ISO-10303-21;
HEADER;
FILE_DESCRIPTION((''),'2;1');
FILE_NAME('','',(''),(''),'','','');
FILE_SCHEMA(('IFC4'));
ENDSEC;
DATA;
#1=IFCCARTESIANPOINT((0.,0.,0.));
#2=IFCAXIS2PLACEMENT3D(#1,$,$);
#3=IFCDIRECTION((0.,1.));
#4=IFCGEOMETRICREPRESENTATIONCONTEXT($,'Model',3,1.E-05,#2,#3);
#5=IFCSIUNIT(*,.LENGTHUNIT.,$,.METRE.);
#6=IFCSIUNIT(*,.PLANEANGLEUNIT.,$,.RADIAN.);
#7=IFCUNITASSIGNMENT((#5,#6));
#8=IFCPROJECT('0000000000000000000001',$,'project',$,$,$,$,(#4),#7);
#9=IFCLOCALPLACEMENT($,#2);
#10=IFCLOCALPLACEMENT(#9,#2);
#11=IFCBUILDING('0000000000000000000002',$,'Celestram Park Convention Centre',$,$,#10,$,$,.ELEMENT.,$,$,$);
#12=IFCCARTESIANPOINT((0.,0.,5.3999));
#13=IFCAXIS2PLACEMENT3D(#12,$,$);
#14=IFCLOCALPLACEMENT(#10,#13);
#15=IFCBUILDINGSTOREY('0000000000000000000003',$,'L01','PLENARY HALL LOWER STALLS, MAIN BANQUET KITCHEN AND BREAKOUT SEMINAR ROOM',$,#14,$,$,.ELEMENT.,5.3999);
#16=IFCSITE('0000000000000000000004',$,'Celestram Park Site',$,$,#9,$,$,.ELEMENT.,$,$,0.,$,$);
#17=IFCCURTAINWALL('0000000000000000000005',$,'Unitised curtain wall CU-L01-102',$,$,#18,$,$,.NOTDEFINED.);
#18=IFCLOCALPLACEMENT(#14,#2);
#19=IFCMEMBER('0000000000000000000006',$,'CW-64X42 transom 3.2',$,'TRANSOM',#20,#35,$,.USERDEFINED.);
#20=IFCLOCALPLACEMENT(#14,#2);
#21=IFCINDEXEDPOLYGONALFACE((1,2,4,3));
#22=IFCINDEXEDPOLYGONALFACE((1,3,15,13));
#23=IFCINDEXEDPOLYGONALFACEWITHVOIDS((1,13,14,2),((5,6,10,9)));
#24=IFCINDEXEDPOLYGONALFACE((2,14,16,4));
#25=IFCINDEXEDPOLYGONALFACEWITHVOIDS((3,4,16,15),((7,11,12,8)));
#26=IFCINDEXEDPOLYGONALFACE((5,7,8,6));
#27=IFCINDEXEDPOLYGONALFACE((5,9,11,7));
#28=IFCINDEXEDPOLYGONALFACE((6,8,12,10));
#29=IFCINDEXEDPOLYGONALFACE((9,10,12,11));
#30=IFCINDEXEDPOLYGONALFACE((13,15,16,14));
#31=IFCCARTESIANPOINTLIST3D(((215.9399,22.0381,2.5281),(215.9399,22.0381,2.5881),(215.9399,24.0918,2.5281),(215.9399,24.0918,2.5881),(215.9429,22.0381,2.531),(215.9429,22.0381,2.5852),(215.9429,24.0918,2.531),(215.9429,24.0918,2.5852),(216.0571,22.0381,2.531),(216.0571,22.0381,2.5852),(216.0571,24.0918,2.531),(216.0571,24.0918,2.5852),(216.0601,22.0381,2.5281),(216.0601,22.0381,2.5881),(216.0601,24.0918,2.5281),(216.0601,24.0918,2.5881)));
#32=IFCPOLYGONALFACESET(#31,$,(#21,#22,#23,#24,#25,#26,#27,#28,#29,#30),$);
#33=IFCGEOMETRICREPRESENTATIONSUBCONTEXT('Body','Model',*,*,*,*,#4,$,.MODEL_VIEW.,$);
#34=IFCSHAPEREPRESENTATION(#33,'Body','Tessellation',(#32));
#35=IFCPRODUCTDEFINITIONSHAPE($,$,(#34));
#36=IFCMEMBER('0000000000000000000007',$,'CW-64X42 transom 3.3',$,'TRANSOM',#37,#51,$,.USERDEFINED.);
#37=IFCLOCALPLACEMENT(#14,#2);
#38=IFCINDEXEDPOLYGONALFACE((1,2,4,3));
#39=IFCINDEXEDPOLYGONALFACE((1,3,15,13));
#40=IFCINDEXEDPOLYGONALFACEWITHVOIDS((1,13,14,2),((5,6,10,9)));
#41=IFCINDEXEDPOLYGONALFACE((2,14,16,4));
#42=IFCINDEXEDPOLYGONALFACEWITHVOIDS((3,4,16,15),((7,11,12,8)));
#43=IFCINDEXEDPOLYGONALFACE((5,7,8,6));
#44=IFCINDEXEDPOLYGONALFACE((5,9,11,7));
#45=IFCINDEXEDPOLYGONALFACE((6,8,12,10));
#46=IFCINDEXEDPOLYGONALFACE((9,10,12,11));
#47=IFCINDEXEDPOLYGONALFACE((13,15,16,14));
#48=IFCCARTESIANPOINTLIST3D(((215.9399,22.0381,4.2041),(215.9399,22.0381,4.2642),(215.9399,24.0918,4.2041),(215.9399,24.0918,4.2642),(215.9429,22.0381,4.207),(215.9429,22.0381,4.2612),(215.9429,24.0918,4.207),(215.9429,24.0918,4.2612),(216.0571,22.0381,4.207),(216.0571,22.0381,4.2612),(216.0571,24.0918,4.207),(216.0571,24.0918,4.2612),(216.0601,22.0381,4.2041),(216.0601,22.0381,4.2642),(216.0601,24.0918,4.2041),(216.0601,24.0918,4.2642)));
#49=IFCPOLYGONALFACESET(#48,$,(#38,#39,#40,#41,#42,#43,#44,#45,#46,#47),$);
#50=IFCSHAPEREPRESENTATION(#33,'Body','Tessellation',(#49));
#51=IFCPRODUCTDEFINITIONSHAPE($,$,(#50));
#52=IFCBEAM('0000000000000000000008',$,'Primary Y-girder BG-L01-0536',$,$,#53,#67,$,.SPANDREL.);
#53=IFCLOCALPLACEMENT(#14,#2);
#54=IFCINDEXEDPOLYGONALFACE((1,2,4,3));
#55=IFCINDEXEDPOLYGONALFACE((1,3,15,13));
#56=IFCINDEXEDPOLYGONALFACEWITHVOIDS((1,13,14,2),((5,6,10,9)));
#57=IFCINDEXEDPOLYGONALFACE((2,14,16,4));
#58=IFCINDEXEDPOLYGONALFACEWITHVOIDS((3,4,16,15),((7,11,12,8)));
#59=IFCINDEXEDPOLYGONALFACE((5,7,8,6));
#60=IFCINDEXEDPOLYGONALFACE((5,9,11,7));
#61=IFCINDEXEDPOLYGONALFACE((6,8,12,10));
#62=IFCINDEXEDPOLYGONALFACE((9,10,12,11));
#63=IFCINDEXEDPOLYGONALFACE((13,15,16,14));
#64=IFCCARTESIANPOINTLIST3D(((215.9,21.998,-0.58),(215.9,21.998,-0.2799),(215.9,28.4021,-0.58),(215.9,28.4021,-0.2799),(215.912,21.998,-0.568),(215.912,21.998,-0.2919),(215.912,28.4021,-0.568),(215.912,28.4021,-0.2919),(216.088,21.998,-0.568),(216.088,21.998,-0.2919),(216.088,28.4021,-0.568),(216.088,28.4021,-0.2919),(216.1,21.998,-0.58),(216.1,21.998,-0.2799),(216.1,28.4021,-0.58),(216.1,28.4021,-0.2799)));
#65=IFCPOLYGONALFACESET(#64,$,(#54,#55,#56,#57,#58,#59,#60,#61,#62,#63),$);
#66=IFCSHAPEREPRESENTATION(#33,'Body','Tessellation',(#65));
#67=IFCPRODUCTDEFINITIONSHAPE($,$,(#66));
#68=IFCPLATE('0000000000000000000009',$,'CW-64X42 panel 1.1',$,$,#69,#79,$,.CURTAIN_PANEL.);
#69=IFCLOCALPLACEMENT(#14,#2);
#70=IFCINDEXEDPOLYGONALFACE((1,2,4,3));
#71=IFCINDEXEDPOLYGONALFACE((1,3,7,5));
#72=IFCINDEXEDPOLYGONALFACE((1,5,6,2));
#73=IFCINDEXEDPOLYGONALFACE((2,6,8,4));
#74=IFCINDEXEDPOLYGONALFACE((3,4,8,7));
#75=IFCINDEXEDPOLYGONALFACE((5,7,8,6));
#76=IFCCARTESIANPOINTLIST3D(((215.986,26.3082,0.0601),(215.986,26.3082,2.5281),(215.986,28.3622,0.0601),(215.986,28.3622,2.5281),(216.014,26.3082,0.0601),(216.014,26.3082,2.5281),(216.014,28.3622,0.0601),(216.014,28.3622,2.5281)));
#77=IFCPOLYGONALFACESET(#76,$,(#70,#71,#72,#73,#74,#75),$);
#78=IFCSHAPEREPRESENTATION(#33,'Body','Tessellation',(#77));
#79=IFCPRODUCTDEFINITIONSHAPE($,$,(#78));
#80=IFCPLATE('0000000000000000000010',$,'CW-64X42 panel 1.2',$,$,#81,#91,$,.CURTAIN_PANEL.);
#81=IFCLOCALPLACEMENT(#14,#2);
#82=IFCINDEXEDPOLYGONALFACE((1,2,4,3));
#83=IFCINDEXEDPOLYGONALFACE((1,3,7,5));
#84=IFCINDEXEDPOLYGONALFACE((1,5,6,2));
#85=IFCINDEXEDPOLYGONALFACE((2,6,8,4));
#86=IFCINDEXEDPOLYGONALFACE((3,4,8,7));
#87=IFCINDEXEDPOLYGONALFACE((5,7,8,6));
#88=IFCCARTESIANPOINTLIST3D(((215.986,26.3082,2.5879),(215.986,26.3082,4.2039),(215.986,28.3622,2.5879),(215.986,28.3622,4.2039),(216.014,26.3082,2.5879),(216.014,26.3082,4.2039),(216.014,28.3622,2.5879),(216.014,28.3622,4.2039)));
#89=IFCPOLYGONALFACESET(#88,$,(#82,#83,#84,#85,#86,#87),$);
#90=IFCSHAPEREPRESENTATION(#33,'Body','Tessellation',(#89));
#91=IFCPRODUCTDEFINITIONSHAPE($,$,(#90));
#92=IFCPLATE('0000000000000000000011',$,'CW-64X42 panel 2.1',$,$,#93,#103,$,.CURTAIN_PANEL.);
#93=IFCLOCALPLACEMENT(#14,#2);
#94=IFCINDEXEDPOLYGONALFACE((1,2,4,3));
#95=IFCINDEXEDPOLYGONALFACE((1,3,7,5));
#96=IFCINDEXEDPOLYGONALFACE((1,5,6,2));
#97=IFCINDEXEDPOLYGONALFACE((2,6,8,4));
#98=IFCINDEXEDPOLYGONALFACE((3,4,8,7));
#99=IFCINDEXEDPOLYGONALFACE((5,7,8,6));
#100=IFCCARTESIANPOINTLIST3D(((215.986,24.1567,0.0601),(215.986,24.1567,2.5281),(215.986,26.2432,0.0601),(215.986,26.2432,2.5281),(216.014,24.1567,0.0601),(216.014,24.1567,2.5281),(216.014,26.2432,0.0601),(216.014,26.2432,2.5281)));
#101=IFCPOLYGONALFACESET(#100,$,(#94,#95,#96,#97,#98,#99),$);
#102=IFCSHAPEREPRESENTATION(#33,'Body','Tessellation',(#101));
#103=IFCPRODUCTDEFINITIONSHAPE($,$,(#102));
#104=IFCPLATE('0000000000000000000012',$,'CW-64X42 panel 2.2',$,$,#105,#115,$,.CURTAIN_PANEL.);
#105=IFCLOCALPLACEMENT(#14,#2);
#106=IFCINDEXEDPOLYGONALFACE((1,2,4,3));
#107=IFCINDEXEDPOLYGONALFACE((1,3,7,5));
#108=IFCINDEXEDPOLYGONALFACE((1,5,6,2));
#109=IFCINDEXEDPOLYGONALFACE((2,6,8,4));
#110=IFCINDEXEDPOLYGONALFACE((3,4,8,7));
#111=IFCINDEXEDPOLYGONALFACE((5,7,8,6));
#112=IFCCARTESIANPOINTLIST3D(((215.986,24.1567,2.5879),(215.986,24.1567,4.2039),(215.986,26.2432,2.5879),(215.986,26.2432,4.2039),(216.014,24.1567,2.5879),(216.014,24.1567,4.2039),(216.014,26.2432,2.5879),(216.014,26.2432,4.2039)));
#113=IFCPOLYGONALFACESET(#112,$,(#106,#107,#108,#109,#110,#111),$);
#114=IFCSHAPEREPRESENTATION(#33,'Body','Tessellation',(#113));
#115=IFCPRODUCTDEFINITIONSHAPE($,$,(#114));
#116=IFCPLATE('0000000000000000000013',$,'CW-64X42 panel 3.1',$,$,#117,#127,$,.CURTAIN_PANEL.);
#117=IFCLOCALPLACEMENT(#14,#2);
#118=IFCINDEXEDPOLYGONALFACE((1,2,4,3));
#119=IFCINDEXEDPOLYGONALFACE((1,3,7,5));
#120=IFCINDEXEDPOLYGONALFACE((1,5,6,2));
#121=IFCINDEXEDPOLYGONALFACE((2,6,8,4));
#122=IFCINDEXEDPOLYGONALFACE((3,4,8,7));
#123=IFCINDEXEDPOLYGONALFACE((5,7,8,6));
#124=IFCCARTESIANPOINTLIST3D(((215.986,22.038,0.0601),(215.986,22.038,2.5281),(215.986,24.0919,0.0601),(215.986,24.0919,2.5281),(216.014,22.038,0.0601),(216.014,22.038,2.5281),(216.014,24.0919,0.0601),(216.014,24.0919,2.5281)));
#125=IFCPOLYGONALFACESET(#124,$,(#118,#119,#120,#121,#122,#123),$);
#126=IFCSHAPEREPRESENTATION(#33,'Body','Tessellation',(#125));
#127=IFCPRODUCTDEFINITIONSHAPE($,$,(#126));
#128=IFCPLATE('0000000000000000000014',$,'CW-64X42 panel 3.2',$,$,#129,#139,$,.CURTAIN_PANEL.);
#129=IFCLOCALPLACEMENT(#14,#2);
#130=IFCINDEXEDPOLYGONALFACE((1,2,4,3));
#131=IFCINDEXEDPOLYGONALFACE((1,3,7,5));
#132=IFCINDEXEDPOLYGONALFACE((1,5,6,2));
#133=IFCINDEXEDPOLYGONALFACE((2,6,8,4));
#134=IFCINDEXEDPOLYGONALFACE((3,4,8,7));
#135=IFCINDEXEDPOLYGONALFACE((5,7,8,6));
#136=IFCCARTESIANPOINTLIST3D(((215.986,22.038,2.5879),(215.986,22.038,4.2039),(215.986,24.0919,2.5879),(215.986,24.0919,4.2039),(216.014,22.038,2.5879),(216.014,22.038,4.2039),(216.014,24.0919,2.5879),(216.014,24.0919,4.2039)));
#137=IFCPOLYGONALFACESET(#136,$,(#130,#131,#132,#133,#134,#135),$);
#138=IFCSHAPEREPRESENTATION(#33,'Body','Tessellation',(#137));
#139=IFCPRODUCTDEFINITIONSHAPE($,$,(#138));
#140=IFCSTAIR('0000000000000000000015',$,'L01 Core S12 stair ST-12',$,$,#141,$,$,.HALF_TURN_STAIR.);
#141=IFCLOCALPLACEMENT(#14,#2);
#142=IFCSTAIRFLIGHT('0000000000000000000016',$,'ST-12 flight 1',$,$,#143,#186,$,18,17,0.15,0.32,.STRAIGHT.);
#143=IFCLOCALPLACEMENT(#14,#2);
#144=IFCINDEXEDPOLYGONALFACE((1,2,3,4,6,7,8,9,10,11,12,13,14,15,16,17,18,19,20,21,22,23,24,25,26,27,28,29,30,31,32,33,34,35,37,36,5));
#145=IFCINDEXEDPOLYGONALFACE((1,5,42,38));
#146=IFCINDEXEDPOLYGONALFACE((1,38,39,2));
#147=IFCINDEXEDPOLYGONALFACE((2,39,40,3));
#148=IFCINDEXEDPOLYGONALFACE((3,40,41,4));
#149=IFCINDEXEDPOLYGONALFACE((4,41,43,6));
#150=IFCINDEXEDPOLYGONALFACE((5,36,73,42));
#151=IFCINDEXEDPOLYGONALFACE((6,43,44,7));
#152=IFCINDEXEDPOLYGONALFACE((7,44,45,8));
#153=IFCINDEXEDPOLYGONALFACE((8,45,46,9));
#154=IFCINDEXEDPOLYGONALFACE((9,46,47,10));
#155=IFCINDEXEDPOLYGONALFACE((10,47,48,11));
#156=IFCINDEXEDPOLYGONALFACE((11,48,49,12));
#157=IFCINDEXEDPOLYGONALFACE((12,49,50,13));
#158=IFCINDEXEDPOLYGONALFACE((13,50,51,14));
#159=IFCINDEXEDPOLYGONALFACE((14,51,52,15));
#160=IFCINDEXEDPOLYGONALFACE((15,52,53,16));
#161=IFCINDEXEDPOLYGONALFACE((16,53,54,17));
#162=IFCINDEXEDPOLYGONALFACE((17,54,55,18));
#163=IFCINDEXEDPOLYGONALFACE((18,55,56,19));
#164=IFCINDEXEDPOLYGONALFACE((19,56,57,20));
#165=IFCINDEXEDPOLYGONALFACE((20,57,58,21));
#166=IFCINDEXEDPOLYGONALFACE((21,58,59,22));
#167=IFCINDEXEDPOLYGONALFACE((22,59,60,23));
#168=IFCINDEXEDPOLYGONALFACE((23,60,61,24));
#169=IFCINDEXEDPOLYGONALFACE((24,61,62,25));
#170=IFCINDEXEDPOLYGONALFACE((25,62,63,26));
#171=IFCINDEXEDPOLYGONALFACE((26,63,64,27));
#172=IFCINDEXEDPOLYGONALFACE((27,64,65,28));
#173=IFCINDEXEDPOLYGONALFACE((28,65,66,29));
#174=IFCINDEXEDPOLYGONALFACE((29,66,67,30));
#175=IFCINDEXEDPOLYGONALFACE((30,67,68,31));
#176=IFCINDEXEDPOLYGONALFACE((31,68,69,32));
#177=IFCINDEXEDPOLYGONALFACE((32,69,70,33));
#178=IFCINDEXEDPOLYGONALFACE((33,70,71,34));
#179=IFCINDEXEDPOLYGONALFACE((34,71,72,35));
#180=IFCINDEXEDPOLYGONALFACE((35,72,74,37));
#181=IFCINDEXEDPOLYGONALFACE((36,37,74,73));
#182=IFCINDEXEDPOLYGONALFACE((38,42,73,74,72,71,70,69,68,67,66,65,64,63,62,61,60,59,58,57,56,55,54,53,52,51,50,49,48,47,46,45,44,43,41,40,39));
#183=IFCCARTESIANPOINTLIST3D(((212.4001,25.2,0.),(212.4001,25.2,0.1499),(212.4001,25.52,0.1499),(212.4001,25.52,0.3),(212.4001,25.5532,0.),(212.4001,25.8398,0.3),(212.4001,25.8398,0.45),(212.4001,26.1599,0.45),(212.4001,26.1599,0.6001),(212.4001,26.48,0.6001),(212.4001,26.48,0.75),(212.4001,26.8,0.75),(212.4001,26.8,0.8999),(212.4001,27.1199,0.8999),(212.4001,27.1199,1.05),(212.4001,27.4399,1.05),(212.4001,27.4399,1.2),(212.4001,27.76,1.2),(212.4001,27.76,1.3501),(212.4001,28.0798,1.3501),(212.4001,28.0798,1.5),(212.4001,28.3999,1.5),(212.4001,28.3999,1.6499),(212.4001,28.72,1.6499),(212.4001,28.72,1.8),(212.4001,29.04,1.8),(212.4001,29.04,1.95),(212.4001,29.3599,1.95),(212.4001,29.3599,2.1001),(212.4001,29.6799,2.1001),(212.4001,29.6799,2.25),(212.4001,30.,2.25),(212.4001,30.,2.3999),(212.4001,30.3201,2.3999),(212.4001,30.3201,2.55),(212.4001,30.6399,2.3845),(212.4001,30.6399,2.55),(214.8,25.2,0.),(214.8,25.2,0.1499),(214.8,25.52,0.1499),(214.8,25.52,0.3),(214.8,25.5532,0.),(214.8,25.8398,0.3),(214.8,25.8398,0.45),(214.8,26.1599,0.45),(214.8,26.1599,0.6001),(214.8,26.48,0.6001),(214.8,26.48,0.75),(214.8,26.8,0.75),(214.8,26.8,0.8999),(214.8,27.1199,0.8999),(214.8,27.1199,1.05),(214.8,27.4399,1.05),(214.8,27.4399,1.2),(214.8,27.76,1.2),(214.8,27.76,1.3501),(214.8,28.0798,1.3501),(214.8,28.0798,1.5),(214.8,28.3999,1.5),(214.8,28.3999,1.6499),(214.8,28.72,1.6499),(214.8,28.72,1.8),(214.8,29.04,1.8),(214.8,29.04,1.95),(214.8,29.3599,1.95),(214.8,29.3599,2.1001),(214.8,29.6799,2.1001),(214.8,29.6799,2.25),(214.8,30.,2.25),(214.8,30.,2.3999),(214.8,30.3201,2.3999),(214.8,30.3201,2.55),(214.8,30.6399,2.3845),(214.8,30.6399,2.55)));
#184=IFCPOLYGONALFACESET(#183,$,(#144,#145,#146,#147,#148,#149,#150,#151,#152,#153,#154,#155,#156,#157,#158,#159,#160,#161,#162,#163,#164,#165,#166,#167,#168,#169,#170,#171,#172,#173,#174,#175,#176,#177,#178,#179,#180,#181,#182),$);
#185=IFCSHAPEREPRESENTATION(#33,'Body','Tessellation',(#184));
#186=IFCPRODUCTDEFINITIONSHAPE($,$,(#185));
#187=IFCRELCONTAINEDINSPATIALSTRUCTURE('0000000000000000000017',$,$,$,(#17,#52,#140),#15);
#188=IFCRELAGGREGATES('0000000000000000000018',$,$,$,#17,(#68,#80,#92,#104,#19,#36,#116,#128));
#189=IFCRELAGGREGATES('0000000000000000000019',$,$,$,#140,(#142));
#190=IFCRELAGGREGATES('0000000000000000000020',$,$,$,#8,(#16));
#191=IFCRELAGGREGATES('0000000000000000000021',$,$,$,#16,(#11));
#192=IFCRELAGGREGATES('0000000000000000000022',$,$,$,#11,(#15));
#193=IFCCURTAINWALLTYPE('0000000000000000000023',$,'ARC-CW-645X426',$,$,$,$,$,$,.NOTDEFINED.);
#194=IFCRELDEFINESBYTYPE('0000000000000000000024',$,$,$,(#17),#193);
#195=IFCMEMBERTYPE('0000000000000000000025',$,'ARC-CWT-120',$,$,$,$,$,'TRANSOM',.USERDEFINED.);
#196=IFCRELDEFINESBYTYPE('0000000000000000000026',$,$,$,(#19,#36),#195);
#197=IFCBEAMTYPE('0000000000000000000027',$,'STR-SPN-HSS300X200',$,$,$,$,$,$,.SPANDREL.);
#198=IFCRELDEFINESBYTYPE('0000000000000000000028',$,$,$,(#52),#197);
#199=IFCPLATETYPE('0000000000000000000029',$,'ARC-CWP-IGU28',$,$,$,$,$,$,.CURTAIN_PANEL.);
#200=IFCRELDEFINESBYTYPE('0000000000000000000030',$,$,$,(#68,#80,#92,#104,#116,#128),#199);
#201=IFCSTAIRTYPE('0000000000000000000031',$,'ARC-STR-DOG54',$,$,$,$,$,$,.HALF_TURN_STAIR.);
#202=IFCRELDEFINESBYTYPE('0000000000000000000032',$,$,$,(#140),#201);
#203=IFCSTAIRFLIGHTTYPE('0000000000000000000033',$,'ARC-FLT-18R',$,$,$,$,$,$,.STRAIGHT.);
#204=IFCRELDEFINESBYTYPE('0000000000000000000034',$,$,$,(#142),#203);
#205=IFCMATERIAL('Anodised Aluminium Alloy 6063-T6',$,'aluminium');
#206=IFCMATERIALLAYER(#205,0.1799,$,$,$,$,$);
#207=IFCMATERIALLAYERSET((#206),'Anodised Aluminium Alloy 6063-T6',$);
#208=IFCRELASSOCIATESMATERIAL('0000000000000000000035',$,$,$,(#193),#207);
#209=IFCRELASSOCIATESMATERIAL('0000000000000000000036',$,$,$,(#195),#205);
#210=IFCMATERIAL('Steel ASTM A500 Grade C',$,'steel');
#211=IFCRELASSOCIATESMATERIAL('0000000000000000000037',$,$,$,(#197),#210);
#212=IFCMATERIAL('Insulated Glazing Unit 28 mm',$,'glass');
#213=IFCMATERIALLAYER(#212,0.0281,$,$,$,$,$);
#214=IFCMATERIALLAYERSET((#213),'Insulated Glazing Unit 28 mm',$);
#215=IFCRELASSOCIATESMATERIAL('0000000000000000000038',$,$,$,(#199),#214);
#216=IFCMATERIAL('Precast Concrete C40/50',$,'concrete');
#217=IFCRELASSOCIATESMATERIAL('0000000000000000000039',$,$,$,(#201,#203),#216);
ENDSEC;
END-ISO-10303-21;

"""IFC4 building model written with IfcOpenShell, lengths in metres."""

from ifc_helpers import new_model, si_unit, direction, frame, origin, origin_2d, place, context, subcontext, project, spatial, polyline, rectangle, hollow_rectangle, outline, extrude, material, layer, layer_set, material_profile, profile_set, type_object, element, aggregate, save


model = new_model("IFC4")

# Units and contexts
model_context = context("Model", 3, precision=1e-05, world=origin(), true_north=direction((0.0, 1.0)))
body_context = subcontext(model_context, "Body", "Model", "MODEL_VIEW")
ifc_project = project(units=[si_unit("LENGTHUNIT", "METRE"), si_unit("PLANEANGLEUNIT", "RADIAN")], contexts=[model_context])

# Site, building, storey
site_placement = place(None, origin())
site = spatial("IfcSite", under=ifc_project, at=site_placement, Name="Celestram Park Site", CompositionType="ELEMENT", RefElevation=0.0)
building_placement = place(site_placement, origin())
building = spatial("IfcBuilding", under=site, at=building_placement, Name="Celestram Park Convention Centre", CompositionType="ELEMENT")
storey_placement = place(building_placement, frame((0.0, 0.0, 5.3999)))
storey = spatial("IfcBuildingStorey", under=building, at=storey_placement, Name="L01", Description="PLENARY HALL LOWER STALLS, MAIN BANQUET KITCHEN AND BREAKOUT SEMINAR ROOM", CompositionType="ELEMENT", Elevation=5.3999)

# Curtain wall, members
ifc_material_1 = material(Name="Anodised Aluminium Alloy 6063-T6", Category="aluminium")
ifc_layer_1 = layer(ifc_material_1, 0.1799)
ifc_layer_set_1 = layer_set([ifc_layer_1], Name="Anodised Aluminium Alloy 6063-T6")
curtain_wall_type = type_object("IfcCurtainWallType", Name="ARC-CW-645X426", PredefinedType="NOTDEFINED", material=ifc_layer_set_1)
curtain_wall_placement = place(storey_placement, origin())
curtain_wall = element("IfcCurtainWall", 1, at=curtain_wall_placement, inside=storey, type_object=curtain_wall_type, Name="Unitised curtain wall CU-L01-102", PredefinedType="NOTDEFINED")
ifc_material_profile_1 = material_profile(ifc_material_1, hollow_rectangle(XDim=0.1201, YDim=0.0601, WallThickness=0.0029, at=origin_2d()), Name="ALU120X60X3")
ifc_profile_set_1 = profile_set([ifc_material_profile_1], Name="Anodised Aluminium Alloy 6063-T6")
member_type_1 = type_object("IfcMemberType", Name="ARC-CWT-120", ElementType="TRANSOM", PredefinedType="USERDEFINED", material=ifc_profile_set_1)
member_1_placement = place(storey_placement, frame((216.0, 24.0918, 2.5581), z_axis=(0.0, -1.0, 0.0), x_axis=(1.0, 0.0, 0.0)))
member_1 = element("IfcMember", 2, at=member_1_placement, type_object=member_type_1, Name="CW-64X42 transom 3.2", ObjectType="TRANSOM", PredefinedType="USERDEFINED", context=body_context, shape_type="SweptSolid", body=[
    extrude(hollow_rectangle(XDim=0.1201, YDim=0.0601, WallThickness=0.0029, at=origin_2d()), origin(), (0.0, 0.0, 1.0), 2.0537),
])
member_2_placement = place(storey_placement, frame((216.0, 24.0918, 4.2341), z_axis=(0.0, -1.0, 0.0), x_axis=(1.0, 0.0, 0.0)))
member_2 = element("IfcMember", 3, at=member_2_placement, type_object=member_type_1, Name="CW-64X42 transom 3.3", ObjectType="TRANSOM", PredefinedType="USERDEFINED", context=body_context, shape_type="SweptSolid", body=[
    extrude(hollow_rectangle(XDim=0.1201, YDim=0.0601, WallThickness=0.0029, at=origin_2d()), origin(), (0.0, 0.0, 1.0), 2.0537),
])

# Beam
ifc_material_2 = material(Name="Steel ASTM A500 Grade C", Category="steel")
ifc_material_profile_2 = material_profile(ifc_material_2, hollow_rectangle(XDim=0.2, YDim=0.3, WallThickness=0.012, at=origin_2d()), Name="HSS300X200X12")
ifc_profile_set_2 = profile_set([ifc_material_profile_2], Name="Steel ASTM A500 Grade C")
beam_type = type_object("IfcBeamType", Name="STR-SPN-HSS300X200", PredefinedType="SPANDREL", material=ifc_profile_set_2)
beam_placement = place(storey_placement, frame((216.0, 21.998, -0.4299), z_axis=(0.0, 1.0, 0.0), x_axis=(-1.0, 0.0, 0.0)))
element("IfcBeam", 4, at=beam_placement, inside=storey, type_object=beam_type, Name="Primary Y-girder BG-L01-0536", PredefinedType="SPANDREL", context=body_context, shape_type="SweptSolid", body=[
    extrude(hollow_rectangle(XDim=0.2, YDim=0.3, WallThickness=0.012, at=origin_2d()), origin(), (0.0, 0.0, 1.0), 6.4041),
])

# Plates
ifc_material_3 = material(Name="Insulated Glazing Unit 28 mm", Category="glass")
ifc_layer_2 = layer(ifc_material_3, 0.0281)
ifc_layer_set_2 = layer_set([ifc_layer_2], Name="Insulated Glazing Unit 28 mm")
plate_type = type_object("IfcPlateType", Name="ARC-CWP-IGU28", PredefinedType="CURTAIN_PANEL", material=ifc_layer_set_2)
plate_1_placement = place(storey_placement, frame((216.0, 27.3352, 0.0601), z_axis=(0.0, 0.0, 1.0), x_axis=(0.0, -1.0, 0.0)))
plate_1 = element("IfcPlate", 5, at=plate_1_placement, type_object=plate_type, Name="CW-64X42 panel 1.1", PredefinedType="CURTAIN_PANEL", context=body_context, shape_type="SweptSolid", body=[
    extrude(rectangle(XDim=2.054, YDim=0.0281, at=origin_2d()), origin(), (0.0, 0.0, 1.0), 2.468),
])
plate_2_placement = place(storey_placement, frame((216.0, 27.3352, 2.5879), z_axis=(0.0, 0.0, 1.0), x_axis=(0.0, -1.0, 0.0)))
plate_2 = element("IfcPlate", 6, at=plate_2_placement, type_object=plate_type, Name="CW-64X42 panel 1.2", PredefinedType="CURTAIN_PANEL", context=body_context, shape_type="SweptSolid", body=[
    extrude(rectangle(XDim=2.054, YDim=0.0281, at=origin_2d()), origin(), (0.0, 0.0, 1.0), 1.616),
])
plate_3_placement = place(storey_placement, frame((216.0, 25.2, 0.0601), z_axis=(0.0, 0.0, 1.0), x_axis=(0.0, -1.0, 0.0)))
plate_3 = element("IfcPlate", 7, at=plate_3_placement, type_object=plate_type, Name="CW-64X42 panel 2.1", PredefinedType="CURTAIN_PANEL", context=body_context, shape_type="SweptSolid", body=[
    extrude(rectangle(XDim=2.0864, YDim=0.0281, at=origin_2d()), origin(), (0.0, 0.0, 1.0), 2.468),
])
plate_4_placement = place(storey_placement, frame((216.0, 25.2, 2.5879), z_axis=(0.0, 0.0, 1.0), x_axis=(0.0, -1.0, 0.0)))
plate_4 = element("IfcPlate", 8, at=plate_4_placement, type_object=plate_type, Name="CW-64X42 panel 2.2", PredefinedType="CURTAIN_PANEL", context=body_context, shape_type="SweptSolid", body=[
    extrude(rectangle(XDim=2.0864, YDim=0.0281, at=origin_2d()), origin(), (0.0, 0.0, 1.0), 1.616),
])
plate_5_placement = place(storey_placement, frame((216.0, 23.0649, 0.0601), z_axis=(0.0, 0.0, 1.0), x_axis=(0.0, -1.0, 0.0)))
plate_5 = element("IfcPlate", 9, at=plate_5_placement, type_object=plate_type, Name="CW-64X42 panel 3.1", PredefinedType="CURTAIN_PANEL", context=body_context, shape_type="SweptSolid", body=[
    extrude(rectangle(XDim=2.054, YDim=0.0281, at=origin_2d()), origin(), (0.0, 0.0, 1.0), 2.468),
])
plate_6_placement = place(storey_placement, frame((216.0, 23.0649, 2.5879), z_axis=(0.0, 0.0, 1.0), x_axis=(0.0, -1.0, 0.0)))
plate_6 = element("IfcPlate", 10, at=plate_6_placement, type_object=plate_type, Name="CW-64X42 panel 3.2", PredefinedType="CURTAIN_PANEL", context=body_context, shape_type="SweptSolid", body=[
    extrude(rectangle(XDim=2.054, YDim=0.0281, at=origin_2d()), origin(), (0.0, 0.0, 1.0), 1.616),
])
aggregate(curtain_wall, [plate_1, plate_2, plate_3, plate_4, member_1, member_2, plate_5, plate_6])

# Stair, stair flight
ifc_material_4 = material(Name="Precast Concrete C40/50", Category="concrete")
stair_type = type_object("IfcStairType", Name="ARC-STR-DOG54", PredefinedType="HALF_TURN_STAIR", material=ifc_material_4)
stair_placement = place(storey_placement, origin())
stair = element("IfcStair", 11, at=stair_placement, inside=storey, type_object=stair_type, Name="L01 Core S12 stair ST-12", PredefinedType="HALF_TURN_STAIR")
stair_flight_type = type_object("IfcStairFlightType", Name="ARC-FLT-18R", PredefinedType="STRAIGHT", material=ifc_material_4)
stair_flight_placement = place(storey_placement, frame((213.6001, 25.2, 0.0), z_axis=(0.0, 0.0, 1.0), x_axis=(0.0, 1.0, 0.0)))
stair_flight = element("IfcStairFlight", 12, at=stair_flight_placement, type_object=stair_flight_type, Name="ST-12 flight 1", NumberOfRisers=18, NumberOfTreads=17, PredefinedType="STRAIGHT", RiserHeight=0.15, TreadLength=0.32, context=body_context, shape_type="SweptSolid", body=[
    extrude(outline(polyline([(0.0, 0.0), (0.0, 0.1499), (0.3201, 0.1499), (0.3201, 0.3), (0.6399, 0.3), (0.6399, 0.45), (0.96, 0.45), (0.96, 0.6001), (1.28, 0.6001), (1.28, 0.75), (1.6001, 0.75), (1.6001, 0.8999), (1.9199, 0.8999), (1.9199, 1.05), (2.24, 1.05), (2.24, 1.2), (2.5601, 1.2), (2.5601, 1.3501), (2.8799, 1.3501), (2.8799, 1.5), (3.2, 1.5), (3.2, 1.6499), (3.52, 1.6499), (3.52, 1.8), (3.8401, 1.8), (3.8401, 1.95), (4.1599, 1.95), (4.1599, 2.1001), (4.48, 2.1001), (4.48, 2.25), (4.8, 2.25), (4.8, 2.3999), (5.1201, 2.3999), (5.1201, 2.55), (5.4399, 2.55), (5.4399, 2.7), (5.4399, 2.3845), (0.3533, 0.0), (0.0, 0.0)])), frame((0.0, 1.2, 0.0), z_axis=(0.0, -1.0, 0.0), x_axis=(1.0, 0.0, 0.0)), (0.0, 0.0, 1.0), 2.3999),
])
aggregate(stair, [stair_flight])

save(model, "model.ifc")
